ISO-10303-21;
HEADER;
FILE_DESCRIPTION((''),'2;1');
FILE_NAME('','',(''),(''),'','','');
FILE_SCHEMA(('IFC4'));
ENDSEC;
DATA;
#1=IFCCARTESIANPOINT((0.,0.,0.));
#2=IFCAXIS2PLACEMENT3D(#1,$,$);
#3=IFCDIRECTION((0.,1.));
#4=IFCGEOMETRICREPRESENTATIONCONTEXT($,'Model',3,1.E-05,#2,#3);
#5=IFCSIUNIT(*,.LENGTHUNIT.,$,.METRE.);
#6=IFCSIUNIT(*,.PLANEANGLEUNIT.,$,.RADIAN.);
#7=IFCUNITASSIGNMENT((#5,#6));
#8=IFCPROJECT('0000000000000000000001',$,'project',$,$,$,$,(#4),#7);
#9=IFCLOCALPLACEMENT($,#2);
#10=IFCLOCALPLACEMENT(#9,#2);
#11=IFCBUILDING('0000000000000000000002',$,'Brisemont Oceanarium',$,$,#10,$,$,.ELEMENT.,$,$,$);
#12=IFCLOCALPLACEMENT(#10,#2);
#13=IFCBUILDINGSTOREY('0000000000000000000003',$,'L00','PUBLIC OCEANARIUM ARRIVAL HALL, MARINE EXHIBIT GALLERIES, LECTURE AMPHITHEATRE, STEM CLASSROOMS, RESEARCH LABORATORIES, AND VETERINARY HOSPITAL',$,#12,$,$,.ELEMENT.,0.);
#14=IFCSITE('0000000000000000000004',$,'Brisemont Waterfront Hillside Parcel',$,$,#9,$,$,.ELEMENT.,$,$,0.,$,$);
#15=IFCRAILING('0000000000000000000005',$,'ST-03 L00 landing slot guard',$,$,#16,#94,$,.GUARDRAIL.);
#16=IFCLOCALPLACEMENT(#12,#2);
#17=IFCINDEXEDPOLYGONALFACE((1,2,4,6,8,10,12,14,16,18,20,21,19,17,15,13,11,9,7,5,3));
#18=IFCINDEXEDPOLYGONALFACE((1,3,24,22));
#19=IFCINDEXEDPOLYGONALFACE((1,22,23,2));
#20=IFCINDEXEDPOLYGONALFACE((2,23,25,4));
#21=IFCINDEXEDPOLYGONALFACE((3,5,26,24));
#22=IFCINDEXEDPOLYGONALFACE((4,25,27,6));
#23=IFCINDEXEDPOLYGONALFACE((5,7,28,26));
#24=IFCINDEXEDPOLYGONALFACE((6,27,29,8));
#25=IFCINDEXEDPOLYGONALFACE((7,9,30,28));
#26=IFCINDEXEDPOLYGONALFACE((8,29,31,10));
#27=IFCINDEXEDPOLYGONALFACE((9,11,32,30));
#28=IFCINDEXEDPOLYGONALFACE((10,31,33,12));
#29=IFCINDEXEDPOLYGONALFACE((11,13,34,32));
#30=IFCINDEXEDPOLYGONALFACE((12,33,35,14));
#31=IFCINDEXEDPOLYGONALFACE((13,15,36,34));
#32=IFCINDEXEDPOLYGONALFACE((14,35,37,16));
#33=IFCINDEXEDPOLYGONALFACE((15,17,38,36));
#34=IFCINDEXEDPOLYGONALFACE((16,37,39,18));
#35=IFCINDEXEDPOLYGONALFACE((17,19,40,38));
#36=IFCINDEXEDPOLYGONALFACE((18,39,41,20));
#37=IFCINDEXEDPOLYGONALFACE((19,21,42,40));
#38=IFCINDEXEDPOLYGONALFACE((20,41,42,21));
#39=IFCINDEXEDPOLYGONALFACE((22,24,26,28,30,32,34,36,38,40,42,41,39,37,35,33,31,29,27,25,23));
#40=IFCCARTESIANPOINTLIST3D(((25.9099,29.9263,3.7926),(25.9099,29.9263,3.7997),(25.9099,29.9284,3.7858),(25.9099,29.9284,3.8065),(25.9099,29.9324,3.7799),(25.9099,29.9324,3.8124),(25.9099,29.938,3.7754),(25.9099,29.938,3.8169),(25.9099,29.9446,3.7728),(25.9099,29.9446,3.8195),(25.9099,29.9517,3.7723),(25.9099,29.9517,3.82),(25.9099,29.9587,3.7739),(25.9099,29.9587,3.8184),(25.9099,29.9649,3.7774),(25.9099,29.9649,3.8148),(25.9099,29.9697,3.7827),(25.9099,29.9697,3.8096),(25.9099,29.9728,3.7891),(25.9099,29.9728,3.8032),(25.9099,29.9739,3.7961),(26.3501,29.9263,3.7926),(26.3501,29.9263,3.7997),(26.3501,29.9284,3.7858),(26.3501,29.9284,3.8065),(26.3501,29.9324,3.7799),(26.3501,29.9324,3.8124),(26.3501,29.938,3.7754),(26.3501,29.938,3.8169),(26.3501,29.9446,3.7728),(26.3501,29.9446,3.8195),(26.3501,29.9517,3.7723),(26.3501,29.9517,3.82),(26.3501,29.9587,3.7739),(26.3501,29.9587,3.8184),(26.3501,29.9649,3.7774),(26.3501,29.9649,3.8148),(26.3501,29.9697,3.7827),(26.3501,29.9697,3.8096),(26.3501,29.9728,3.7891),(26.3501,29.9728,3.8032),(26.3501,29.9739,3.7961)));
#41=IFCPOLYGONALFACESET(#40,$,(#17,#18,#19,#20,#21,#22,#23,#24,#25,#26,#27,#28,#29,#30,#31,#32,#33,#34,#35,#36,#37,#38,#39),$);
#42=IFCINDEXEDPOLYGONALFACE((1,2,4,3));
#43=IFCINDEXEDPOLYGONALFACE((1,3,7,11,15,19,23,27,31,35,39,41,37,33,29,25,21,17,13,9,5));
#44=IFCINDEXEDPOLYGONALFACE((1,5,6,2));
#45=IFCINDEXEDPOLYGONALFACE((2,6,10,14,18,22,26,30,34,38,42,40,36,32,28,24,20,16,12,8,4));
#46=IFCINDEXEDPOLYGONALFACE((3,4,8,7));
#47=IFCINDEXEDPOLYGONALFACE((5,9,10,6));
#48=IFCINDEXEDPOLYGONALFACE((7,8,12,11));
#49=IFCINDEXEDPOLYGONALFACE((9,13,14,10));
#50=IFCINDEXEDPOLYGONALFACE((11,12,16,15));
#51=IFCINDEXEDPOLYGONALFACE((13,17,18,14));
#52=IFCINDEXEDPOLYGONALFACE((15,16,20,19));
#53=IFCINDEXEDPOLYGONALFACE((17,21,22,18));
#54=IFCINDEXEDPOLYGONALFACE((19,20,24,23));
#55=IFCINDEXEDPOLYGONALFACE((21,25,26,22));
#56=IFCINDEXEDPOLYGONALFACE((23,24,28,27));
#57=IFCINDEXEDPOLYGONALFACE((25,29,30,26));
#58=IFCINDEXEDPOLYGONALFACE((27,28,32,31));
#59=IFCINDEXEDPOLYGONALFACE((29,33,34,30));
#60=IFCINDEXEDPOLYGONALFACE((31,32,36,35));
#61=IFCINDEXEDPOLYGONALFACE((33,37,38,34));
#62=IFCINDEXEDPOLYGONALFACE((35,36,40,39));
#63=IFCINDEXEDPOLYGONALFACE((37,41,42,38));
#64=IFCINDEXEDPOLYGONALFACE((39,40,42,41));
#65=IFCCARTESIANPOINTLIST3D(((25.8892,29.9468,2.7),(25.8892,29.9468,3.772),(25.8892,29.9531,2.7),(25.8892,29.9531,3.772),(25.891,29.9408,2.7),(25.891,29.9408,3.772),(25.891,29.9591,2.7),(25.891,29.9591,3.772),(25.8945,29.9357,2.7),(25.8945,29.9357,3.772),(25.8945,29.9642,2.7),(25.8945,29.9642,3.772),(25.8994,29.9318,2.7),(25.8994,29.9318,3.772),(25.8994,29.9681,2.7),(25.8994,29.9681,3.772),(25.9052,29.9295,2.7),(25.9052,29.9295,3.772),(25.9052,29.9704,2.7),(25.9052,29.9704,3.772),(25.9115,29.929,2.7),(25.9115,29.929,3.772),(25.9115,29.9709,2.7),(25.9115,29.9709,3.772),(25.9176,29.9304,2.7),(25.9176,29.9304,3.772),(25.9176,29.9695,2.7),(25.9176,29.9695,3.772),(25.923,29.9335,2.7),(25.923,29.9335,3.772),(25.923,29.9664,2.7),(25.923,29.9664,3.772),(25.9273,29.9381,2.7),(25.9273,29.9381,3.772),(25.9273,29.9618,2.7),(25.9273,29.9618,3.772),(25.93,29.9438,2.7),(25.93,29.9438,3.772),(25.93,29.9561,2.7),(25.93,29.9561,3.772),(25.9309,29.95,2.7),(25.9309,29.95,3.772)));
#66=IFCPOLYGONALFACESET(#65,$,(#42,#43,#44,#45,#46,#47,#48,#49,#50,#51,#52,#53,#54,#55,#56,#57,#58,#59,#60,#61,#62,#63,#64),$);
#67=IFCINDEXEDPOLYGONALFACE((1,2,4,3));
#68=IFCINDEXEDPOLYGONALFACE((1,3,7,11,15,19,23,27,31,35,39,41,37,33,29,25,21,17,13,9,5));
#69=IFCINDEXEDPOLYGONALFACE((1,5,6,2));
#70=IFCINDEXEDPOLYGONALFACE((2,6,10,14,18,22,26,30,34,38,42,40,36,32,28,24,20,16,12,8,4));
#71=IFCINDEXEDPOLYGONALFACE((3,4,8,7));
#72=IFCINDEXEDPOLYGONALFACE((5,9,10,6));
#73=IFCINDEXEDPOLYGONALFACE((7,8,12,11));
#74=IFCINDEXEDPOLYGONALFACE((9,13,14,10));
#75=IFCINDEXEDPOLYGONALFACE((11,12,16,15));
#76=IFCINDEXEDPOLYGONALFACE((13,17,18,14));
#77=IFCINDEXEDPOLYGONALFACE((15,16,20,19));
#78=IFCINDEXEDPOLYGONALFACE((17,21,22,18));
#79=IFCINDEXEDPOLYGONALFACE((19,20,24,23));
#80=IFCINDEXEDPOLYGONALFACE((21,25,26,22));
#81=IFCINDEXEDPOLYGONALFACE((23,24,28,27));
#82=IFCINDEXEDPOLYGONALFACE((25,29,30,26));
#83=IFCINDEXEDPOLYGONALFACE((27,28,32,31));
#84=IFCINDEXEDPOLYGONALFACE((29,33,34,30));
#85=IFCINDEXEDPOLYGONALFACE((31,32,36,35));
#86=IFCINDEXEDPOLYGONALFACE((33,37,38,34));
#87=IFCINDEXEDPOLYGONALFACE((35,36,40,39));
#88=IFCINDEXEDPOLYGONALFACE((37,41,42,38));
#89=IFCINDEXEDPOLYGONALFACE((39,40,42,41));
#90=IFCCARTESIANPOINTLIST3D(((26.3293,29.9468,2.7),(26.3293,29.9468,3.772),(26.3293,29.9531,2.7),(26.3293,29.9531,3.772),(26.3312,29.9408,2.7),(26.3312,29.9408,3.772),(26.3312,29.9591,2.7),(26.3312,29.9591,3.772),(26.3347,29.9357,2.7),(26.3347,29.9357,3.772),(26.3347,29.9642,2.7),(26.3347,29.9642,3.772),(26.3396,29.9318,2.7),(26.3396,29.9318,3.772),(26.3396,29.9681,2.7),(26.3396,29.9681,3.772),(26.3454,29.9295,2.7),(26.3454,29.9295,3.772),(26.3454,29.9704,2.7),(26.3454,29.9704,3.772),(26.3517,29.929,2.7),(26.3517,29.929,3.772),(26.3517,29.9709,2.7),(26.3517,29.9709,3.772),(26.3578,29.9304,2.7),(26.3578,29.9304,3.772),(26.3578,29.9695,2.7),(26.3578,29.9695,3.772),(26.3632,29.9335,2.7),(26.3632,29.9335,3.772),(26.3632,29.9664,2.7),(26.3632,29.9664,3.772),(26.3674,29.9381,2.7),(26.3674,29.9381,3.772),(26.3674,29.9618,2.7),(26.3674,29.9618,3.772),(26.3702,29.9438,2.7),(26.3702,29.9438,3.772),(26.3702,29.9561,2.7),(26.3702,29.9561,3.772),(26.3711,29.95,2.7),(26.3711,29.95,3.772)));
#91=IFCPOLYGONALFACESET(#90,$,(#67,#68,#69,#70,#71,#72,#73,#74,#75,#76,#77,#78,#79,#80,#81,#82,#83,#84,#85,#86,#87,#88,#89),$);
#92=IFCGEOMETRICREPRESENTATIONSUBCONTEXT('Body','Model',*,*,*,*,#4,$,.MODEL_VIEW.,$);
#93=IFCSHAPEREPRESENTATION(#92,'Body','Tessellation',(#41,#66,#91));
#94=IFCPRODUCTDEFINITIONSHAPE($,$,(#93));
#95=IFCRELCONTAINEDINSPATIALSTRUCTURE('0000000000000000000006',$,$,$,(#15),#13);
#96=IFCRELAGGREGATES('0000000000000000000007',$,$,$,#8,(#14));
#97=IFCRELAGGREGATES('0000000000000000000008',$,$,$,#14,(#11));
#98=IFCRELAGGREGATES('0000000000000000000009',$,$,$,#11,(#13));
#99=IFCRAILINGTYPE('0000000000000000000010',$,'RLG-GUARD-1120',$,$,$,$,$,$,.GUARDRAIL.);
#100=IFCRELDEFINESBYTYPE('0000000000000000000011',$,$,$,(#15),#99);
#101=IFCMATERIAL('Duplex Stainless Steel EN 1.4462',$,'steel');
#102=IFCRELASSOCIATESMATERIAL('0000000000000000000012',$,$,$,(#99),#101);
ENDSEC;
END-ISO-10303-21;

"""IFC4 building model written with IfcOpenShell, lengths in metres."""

from ifc_helpers import new_model, si_unit, direction, frame, origin, origin_2d, place, context, subcontext, project, spatial, circle, extrude, material, type_object, element, save


model = new_model("IFC4")

# Units and contexts
model_context = context("Model", 3, precision=1e-05, world=origin(), true_north=direction((0.0, 1.0)))
body_context = subcontext(model_context, "Body", "Model", "MODEL_VIEW")
ifc_project = project(units=[si_unit("LENGTHUNIT", "METRE"), si_unit("PLANEANGLEUNIT", "RADIAN")], contexts=[model_context])

# Site, building, storey
site_placement = place(None, origin())
site = spatial("IfcSite", under=ifc_project, at=site_placement, Name="Brisemont Waterfront Hillside Parcel", CompositionType="ELEMENT", RefElevation=0.0)
building_placement = place(site_placement, origin())
building = spatial("IfcBuilding", under=site, at=building_placement, Name="Brisemont Oceanarium", CompositionType="ELEMENT")
storey_placement = place(building_placement, origin())
storey = spatial("IfcBuildingStorey", under=building, at=storey_placement, Name="L00", Description="PUBLIC OCEANARIUM ARRIVAL HALL, MARINE EXHIBIT GALLERIES, LECTURE AMPHITHEATRE, STEM CLASSROOMS, RESEARCH LABORATORIES, AND VETERINARY HOSPITAL", CompositionType="ELEMENT", Elevation=0.0)

# Railing
ifc_material_1 = material(Name="Duplex Stainless Steel EN 1.4462", Category="steel")
railing_type_1 = type_object("IfcRailingType", Name="RLG-GUARD-1120", PredefinedType="GUARDRAIL", material=ifc_material_1)
railing_1_placement = place(storey_placement, frame((25.9099, 29.95, 2.7)))
element("IfcRailing", 1, at=railing_1_placement, inside=storey, type_object=railing_type_1, Name="ST-03 L00 landing slot guard", PredefinedType="GUARDRAIL", context=body_context, shape_type="SweptSolid", body=[
    extrude(circle(Radius=0.0239, at=origin_2d()), frame((0.0, 0.0, 1.0962), z_axis=(1.0, 0.0, 0.0), x_axis=(0.0, 1.0, 0.0)), (0.0, 0.0, 1.0), 0.4402),
    extrude(circle(Radius=0.021, at=origin_2d()), origin(), (0.0, 0.0, 1.0), 1.072),
    extrude(circle(Radius=0.021, at=origin_2d()), frame((0.4402, 0.0, 0.0)), (0.0, 0.0, 1.0), 1.072),
])

save(model, "model.ifc")
